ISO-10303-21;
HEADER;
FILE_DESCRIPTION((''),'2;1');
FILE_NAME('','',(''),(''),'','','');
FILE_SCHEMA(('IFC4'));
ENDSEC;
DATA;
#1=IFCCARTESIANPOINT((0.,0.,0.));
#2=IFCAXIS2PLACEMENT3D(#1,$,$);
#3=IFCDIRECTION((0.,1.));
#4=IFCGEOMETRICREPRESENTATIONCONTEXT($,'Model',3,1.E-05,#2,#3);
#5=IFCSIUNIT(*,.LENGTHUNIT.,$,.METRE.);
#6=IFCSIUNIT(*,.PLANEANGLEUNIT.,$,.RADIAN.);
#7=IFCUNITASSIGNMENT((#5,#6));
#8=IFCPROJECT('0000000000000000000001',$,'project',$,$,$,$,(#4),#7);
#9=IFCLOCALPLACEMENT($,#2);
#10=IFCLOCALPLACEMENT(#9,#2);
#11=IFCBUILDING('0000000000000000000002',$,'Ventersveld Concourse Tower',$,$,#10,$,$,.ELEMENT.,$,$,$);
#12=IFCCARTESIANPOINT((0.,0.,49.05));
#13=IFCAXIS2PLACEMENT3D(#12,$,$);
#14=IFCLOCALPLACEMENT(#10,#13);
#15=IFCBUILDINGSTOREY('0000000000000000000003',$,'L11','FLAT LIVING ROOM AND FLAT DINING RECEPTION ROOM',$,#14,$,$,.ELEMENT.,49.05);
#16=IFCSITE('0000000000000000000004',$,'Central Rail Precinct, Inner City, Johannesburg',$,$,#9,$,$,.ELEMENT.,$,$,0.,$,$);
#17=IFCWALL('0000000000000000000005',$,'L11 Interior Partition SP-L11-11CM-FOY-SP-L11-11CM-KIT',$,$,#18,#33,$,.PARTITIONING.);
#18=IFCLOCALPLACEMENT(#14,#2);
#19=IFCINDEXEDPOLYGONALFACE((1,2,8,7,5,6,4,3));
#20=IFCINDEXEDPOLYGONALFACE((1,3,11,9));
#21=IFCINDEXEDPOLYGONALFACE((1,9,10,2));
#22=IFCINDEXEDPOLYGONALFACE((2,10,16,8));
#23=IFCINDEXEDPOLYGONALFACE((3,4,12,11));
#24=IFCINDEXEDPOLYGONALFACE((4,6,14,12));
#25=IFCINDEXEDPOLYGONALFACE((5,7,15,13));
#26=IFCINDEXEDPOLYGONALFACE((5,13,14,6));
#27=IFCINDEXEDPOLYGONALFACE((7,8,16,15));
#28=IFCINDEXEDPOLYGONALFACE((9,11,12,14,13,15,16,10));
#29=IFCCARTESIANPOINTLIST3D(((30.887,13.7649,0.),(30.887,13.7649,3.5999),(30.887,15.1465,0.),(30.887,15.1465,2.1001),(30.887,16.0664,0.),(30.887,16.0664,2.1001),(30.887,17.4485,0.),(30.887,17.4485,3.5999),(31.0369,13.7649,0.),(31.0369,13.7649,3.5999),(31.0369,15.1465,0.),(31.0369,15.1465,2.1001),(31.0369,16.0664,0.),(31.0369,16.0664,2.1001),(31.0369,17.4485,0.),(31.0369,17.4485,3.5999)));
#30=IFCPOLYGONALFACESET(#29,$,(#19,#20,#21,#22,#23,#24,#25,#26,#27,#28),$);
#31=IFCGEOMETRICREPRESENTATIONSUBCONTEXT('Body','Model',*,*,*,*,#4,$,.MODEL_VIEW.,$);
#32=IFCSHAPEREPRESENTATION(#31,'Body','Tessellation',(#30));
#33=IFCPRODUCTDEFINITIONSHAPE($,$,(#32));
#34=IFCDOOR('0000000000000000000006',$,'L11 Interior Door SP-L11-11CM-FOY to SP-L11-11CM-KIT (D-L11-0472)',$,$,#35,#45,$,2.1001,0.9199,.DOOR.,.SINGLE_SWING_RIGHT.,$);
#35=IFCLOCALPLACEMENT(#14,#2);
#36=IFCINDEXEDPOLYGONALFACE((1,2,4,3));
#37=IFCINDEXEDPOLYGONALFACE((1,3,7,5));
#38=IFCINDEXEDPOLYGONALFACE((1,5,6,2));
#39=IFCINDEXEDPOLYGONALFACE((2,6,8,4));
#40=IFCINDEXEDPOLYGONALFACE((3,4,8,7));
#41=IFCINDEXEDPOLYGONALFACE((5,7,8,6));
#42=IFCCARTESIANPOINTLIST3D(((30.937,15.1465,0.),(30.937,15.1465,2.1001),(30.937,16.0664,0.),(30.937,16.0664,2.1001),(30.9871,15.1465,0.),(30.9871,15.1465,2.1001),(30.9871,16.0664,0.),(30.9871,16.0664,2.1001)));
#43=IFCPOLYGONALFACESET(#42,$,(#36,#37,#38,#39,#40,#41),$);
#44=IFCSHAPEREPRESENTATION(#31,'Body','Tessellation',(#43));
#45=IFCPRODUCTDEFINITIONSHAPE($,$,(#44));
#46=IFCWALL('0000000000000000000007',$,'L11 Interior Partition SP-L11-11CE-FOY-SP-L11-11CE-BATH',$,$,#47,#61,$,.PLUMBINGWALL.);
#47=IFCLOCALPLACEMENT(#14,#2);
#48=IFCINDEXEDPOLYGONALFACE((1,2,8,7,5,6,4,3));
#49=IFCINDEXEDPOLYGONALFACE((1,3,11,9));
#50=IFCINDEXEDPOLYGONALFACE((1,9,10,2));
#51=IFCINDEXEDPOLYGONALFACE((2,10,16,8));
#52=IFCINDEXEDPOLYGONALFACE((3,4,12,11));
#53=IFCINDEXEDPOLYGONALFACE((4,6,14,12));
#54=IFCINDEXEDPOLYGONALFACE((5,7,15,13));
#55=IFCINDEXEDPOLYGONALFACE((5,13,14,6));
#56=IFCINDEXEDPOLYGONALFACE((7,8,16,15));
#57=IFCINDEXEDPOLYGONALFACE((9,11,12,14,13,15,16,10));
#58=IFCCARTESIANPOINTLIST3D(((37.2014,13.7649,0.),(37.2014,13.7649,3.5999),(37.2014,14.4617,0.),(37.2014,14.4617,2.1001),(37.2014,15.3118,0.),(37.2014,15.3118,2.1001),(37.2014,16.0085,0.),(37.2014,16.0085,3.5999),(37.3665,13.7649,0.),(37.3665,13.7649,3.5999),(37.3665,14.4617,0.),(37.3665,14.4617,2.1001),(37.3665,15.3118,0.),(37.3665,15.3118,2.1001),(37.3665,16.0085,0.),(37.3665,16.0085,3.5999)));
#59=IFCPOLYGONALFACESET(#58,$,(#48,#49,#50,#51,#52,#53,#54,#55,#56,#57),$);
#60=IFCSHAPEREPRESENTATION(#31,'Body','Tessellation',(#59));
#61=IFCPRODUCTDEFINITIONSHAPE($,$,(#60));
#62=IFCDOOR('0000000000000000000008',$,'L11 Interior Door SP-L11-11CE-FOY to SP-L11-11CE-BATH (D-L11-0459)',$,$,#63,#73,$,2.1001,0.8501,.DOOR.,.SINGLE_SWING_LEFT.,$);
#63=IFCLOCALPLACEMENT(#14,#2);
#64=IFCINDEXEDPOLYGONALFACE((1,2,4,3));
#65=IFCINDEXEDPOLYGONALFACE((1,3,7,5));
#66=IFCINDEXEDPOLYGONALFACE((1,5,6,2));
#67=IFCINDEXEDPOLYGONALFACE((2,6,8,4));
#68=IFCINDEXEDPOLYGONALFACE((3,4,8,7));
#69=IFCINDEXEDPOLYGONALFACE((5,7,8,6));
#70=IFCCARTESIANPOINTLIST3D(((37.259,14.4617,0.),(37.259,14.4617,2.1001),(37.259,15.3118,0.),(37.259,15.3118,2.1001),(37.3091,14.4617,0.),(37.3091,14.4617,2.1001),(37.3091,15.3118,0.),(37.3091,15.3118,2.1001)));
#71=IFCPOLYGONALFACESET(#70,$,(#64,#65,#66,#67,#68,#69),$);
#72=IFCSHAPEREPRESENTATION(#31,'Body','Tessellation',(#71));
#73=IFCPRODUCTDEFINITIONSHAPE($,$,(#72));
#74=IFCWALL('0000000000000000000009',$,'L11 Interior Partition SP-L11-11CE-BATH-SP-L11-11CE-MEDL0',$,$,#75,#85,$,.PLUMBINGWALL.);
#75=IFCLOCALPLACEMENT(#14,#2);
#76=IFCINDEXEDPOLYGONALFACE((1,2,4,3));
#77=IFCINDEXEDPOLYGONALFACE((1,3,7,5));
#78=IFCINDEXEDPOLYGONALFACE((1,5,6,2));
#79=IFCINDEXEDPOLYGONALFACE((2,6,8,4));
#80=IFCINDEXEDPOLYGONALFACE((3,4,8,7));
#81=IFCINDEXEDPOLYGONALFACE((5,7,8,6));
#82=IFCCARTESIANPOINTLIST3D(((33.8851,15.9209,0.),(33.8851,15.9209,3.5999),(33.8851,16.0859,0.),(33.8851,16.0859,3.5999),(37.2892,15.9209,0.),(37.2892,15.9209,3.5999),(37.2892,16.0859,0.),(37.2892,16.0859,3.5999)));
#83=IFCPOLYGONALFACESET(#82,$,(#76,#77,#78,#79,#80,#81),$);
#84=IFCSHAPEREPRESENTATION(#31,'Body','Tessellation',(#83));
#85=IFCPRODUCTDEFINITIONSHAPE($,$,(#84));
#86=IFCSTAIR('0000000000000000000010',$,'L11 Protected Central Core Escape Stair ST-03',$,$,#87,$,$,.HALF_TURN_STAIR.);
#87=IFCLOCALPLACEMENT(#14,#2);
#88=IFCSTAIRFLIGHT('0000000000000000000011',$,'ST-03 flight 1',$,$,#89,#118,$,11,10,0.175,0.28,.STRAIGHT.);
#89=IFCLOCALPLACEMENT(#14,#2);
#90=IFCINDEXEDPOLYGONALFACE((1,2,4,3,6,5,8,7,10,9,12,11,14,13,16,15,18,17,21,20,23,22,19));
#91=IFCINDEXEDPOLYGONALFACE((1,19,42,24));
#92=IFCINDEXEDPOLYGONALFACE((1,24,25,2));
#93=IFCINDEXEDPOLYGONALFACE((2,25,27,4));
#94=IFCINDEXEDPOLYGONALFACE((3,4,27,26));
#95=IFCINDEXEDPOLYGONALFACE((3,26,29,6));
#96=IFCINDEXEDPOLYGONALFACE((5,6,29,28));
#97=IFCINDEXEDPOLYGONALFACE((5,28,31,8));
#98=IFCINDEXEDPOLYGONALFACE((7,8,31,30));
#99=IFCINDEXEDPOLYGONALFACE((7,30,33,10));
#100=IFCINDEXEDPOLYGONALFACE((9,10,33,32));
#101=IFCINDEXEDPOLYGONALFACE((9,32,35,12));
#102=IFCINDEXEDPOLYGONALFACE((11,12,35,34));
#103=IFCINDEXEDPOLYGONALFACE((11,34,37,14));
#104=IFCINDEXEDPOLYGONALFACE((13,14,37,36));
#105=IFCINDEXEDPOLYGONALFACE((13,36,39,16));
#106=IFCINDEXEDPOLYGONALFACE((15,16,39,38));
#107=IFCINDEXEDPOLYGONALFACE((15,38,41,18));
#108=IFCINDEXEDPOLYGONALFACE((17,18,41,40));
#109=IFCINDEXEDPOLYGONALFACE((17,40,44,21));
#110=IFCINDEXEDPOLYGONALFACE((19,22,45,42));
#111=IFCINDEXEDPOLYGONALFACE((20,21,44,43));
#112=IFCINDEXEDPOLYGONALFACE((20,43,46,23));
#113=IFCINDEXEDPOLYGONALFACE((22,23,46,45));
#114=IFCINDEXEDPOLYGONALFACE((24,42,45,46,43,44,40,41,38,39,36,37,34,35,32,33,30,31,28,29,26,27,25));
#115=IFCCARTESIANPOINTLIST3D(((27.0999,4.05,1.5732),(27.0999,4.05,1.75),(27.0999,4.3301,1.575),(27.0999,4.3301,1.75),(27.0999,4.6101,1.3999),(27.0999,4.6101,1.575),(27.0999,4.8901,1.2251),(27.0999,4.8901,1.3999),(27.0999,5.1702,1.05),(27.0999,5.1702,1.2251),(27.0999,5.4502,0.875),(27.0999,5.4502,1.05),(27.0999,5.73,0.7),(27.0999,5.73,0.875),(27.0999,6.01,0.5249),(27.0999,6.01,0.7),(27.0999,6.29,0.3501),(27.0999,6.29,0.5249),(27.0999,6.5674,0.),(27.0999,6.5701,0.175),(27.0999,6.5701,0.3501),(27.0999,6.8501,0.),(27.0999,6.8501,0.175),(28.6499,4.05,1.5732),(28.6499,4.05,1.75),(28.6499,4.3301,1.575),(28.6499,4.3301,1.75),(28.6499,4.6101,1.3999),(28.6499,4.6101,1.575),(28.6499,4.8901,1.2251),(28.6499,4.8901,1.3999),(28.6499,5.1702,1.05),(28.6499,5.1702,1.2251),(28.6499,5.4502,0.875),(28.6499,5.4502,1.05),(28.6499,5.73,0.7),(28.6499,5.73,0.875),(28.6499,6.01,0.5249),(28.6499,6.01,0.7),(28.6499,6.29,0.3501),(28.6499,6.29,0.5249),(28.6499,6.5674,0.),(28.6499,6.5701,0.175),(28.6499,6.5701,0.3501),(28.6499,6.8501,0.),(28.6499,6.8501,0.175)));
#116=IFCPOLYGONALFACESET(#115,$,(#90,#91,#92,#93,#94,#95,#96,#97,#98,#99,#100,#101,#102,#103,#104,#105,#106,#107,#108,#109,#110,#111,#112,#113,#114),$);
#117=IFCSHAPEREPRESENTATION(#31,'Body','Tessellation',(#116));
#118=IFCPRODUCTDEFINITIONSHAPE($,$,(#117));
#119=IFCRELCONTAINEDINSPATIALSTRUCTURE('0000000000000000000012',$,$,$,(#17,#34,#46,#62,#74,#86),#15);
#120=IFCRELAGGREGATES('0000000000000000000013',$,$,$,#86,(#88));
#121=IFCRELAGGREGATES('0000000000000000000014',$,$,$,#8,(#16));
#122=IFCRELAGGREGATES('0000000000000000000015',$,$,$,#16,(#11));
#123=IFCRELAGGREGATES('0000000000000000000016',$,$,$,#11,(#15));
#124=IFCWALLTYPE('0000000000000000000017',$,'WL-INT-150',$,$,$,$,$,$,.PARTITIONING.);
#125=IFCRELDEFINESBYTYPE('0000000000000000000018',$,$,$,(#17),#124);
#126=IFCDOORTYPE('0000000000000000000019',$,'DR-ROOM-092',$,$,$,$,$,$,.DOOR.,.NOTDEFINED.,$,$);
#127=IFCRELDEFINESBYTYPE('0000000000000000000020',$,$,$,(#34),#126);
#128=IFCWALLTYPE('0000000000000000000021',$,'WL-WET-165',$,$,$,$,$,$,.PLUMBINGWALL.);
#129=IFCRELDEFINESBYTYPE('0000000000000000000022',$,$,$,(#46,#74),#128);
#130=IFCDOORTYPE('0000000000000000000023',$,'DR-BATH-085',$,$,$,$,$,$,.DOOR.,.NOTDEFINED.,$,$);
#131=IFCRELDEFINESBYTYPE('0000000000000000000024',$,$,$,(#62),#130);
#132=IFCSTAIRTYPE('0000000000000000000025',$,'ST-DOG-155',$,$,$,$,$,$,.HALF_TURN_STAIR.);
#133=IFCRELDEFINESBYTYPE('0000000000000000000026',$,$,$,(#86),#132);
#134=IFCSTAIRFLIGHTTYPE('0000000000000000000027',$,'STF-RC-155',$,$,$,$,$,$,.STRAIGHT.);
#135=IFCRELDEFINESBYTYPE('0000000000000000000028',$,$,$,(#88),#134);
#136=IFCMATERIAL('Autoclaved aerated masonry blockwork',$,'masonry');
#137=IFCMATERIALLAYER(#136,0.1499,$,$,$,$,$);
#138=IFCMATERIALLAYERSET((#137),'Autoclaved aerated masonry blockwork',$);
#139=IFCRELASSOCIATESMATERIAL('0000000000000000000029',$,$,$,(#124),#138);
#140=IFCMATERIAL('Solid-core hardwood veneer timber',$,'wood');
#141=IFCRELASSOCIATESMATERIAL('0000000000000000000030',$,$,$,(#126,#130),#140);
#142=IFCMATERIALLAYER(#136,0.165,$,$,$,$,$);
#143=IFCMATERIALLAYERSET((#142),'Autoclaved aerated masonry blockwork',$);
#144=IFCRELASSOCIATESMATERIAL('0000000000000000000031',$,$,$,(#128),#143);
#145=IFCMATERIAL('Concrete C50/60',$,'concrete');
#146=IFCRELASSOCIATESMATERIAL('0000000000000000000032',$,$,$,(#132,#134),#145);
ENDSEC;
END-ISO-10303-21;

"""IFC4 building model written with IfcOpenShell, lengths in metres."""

from ifc_helpers import new_model, si_unit, direction, frame, frame_2d, origin, place, context, subcontext, project, spatial, polyline, rectangle, outline, extrude, material, layer, layer_set, type_object, element, fill, aggregate, save


model = new_model("IFC4")

# Units and contexts
model_context = context("Model", 3, precision=1e-05, world=origin(), true_north=direction((0.0, 1.0)))
body_context = subcontext(model_context, "Body", "Model", "MODEL_VIEW")
ifc_project = project(units=[si_unit("LENGTHUNIT", "METRE"), si_unit("PLANEANGLEUNIT", "RADIAN")], contexts=[model_context])

# Site, building, storey
site_placement = place(None, origin())
site = spatial("IfcSite", under=ifc_project, at=site_placement, Name="Central Rail Precinct, Inner City, Johannesburg", CompositionType="ELEMENT", RefElevation=0.0)
building_placement = place(site_placement, origin())
building = spatial("IfcBuilding", under=site, at=building_placement, Name="Ventersveld Concourse Tower", CompositionType="ELEMENT")
storey_placement = place(building_placement, frame((0.0, 0.0, 49.05)))
storey = spatial("IfcBuildingStorey", under=building, at=storey_placement, Name="L11", Description="FLAT LIVING ROOM AND FLAT DINING RECEPTION ROOM", CompositionType="ELEMENT", Elevation=49.05)

# Shared definitions
ifc_material_1 = material(Name="Concrete C50/60", Category="concrete")

# Shared definitions
ifc_material_2 = material(Name="Solid-core hardwood veneer timber", Category="wood")

# Walls, openings, doors
ifc_material_3 = material(Name="Autoclaved aerated masonry blockwork", Category="masonry")
ifc_layer_1 = layer(ifc_material_3, 0.1499)
ifc_layer_set_1 = layer_set([ifc_layer_1], Name="Autoclaved aerated masonry blockwork")
wall_type_1 = type_object("IfcWallType", Name="WL-INT-150", PredefinedType="PARTITIONING", material=ifc_layer_set_1)
door_type_1 = type_object("IfcDoorType", Name="DR-ROOM-092", OperationType="NOTDEFINED", PredefinedType="DOOR", material=ifc_material_2)
wall_1_placement = place(storey_placement, frame((30.9619, 13.7649, 0.0), z_axis=(0.0, 0.0, 1.0), x_axis=(0.0, 1.0, 0.0)))
wall_1 = element("IfcWall", 1, at=wall_1_placement, inside=storey, type_object=wall_type_1, Name="L11 Interior Partition SP-L11-11CM-FOY-SP-L11-11CM-KIT", PredefinedType="PARTITIONING", context=body_context, shape_type="SweptSolid", body=[
    extrude(rectangle(XDim=3.6836, YDim=0.1499, at=frame_2d((1.8418, 0.0))), origin(), (0.0, 0.0, 1.0), 3.5999),
])
opening_1_placement = place(wall_1_placement, frame((1.3816, 0.0, 0.0)))
opening_1 = element("IfcOpeningElement", 2, at=opening_1_placement, cuts=wall_1, PredefinedType="OPENING", context=body_context, shape_type="SweptSolid", body=[
    extrude(rectangle(XDim=0.9199, YDim=2.1001, at=frame_2d((0.46, 1.05))), frame((0.0, 0.085, 0.0), z_axis=(0.0, -1.0, 0.0), x_axis=(1.0, 0.0, 0.0)), (0.0, 0.0, 1.0), 0.1699),
])
door_1_placement = place(opening_1_placement, origin())
door_1 = element("IfcDoor", 3, at=door_1_placement, inside=storey, type_object=door_type_1, Name="L11 Interior Door SP-L11-11CM-FOY to SP-L11-11CM-KIT (D-L11-0472)", OperationType="SINGLE_SWING_RIGHT", OverallHeight=2.1001, OverallWidth=0.9199, PredefinedType="DOOR", context=body_context, shape_type="SweptSolid", body=[
    extrude(rectangle(XDim=0.9199, YDim=2.1001, at=frame_2d((0.46, 1.05))), frame((0.0, 0.0249, 0.0), z_axis=(0.0, -1.0, 0.0), x_axis=(1.0, 0.0, 0.0)), (0.0, 0.0, 1.0), 0.05),
])
fill(opening_1, door_1)
ifc_layer_2 = layer(ifc_material_3, 0.165)
ifc_layer_set_2 = layer_set([ifc_layer_2], Name="Autoclaved aerated masonry blockwork")
wall_type_2 = type_object("IfcWallType", Name="WL-WET-165", PredefinedType="PLUMBINGWALL", material=ifc_layer_set_2)
wall_2_placement = place(storey_placement, frame((37.2839, 13.7649, 0.0), z_axis=(0.0, 0.0, 1.0), x_axis=(0.0, 1.0, 0.0)))
wall_2 = element("IfcWall", 4, at=wall_2_placement, inside=storey, type_object=wall_type_2, Name="L11 Interior Partition SP-L11-11CE-FOY-SP-L11-11CE-BATH", PredefinedType="PLUMBINGWALL", context=body_context, shape_type="SweptSolid", body=[
    extrude(rectangle(XDim=2.2437, YDim=0.165, at=frame_2d((1.1218, 0.0))), origin(), (0.0, 0.0, 1.0), 3.5999),
])
opening_2_placement = place(wall_2_placement, frame((0.6968, 0.0, 0.0)))
opening_2 = element("IfcOpeningElement", 5, at=opening_2_placement, cuts=wall_2, PredefinedType="OPENING", context=body_context, shape_type="SweptSolid", body=[
    extrude(rectangle(XDim=0.8501, YDim=2.1001, at=frame_2d((0.425, 1.05))), frame((0.0, 0.0925, 0.0), z_axis=(0.0, -1.0, 0.0), x_axis=(1.0, 0.0, 0.0)), (0.0, 0.0, 1.0), 0.1851),
])
door_type_2 = type_object("IfcDoorType", Name="DR-BATH-085", OperationType="NOTDEFINED", PredefinedType="DOOR", material=ifc_material_2)
door_2_placement = place(opening_2_placement, origin())
door_2 = element("IfcDoor", 6, at=door_2_placement, inside=storey, type_object=door_type_2, Name="L11 Interior Door SP-L11-11CE-FOY to SP-L11-11CE-BATH (D-L11-0459)", OperationType="SINGLE_SWING_LEFT", OverallHeight=2.1001, OverallWidth=0.8501, PredefinedType="DOOR", context=body_context, shape_type="SweptSolid", body=[
    extrude(rectangle(XDim=0.8501, YDim=2.1001, at=frame_2d((0.425, 1.05))), frame((0.0, 0.0249, 0.0), z_axis=(0.0, -1.0, 0.0), x_axis=(1.0, 0.0, 0.0)), (0.0, 0.0, 1.0), 0.05),
])
fill(opening_2, door_2)

# Wall
wall_3_placement = place(storey_placement, frame((33.885, 16.0034, 0.0), z_axis=(0.0, 0.0, 1.0), x_axis=(1.0, 0.0, 0.0)))
element("IfcWall", 7, at=wall_3_placement, inside=storey, type_object=wall_type_2, Name="L11 Interior Partition SP-L11-11CE-BATH-SP-L11-11CE-MEDL0", PredefinedType="PLUMBINGWALL", context=body_context, shape_type="SweptSolid", body=[
    extrude(rectangle(XDim=3.4041, YDim=0.165, at=frame_2d((1.7021, 0.0))), origin(), (0.0, 0.0, 1.0), 3.5999),
])

# Stair, stair flight
stair_type = type_object("IfcStairType", Name="ST-DOG-155", PredefinedType="HALF_TURN_STAIR", material=ifc_material_1)
stair_placement = place(storey_placement, origin())
stair = element("IfcStair", 8, at=stair_placement, inside=storey, type_object=stair_type, Name="L11 Protected Central Core Escape Stair ST-03", PredefinedType="HALF_TURN_STAIR")
stair_flight_type = type_object("IfcStairFlightType", Name="STF-RC-155", PredefinedType="STRAIGHT", material=ifc_material_1)
stair_flight_placement = place(storey_placement, frame((27.875, 6.8501, 0.0), z_axis=(0.0, 0.0, 1.0), x_axis=(0.0, -1.0, 0.0)))
stair_flight = element("IfcStairFlight", 9, at=stair_flight_placement, type_object=stair_flight_type, Name="ST-03 flight 1", NumberOfRisers=11, NumberOfTreads=10, PredefinedType="STRAIGHT", RiserHeight=0.175, TreadLength=0.28, context=body_context, shape_type="SweptSolid", body=[
    extrude(outline(polyline([(0.0, 0.0), (0.0, 0.175), (0.28, 0.175), (0.28, 0.3501), (0.5601, 0.3501), (0.5601, 0.5249), (0.8401, 0.5249), (0.8401, 0.7), (1.1201, 0.7), (1.1201, 0.875), (1.3999, 0.875), (1.3999, 1.05), (1.6799, 1.05), (1.6799, 1.2251), (1.96, 1.2251), (1.96, 1.3999), (2.24, 1.3999), (2.24, 1.575), (2.52, 1.575), (2.52, 1.75), (2.8, 1.75), (2.8, 1.925), (2.8, 1.5732), (0.2827, 0.0), (0.0, 0.0)])), frame((0.0, 0.7749, 0.0), z_axis=(0.0, -1.0, 0.0), x_axis=(1.0, 0.0, 0.0)), (0.0, 0.0, 1.0), 1.55),
])
aggregate(stair, [stair_flight])

save(model, "model.ifc")
